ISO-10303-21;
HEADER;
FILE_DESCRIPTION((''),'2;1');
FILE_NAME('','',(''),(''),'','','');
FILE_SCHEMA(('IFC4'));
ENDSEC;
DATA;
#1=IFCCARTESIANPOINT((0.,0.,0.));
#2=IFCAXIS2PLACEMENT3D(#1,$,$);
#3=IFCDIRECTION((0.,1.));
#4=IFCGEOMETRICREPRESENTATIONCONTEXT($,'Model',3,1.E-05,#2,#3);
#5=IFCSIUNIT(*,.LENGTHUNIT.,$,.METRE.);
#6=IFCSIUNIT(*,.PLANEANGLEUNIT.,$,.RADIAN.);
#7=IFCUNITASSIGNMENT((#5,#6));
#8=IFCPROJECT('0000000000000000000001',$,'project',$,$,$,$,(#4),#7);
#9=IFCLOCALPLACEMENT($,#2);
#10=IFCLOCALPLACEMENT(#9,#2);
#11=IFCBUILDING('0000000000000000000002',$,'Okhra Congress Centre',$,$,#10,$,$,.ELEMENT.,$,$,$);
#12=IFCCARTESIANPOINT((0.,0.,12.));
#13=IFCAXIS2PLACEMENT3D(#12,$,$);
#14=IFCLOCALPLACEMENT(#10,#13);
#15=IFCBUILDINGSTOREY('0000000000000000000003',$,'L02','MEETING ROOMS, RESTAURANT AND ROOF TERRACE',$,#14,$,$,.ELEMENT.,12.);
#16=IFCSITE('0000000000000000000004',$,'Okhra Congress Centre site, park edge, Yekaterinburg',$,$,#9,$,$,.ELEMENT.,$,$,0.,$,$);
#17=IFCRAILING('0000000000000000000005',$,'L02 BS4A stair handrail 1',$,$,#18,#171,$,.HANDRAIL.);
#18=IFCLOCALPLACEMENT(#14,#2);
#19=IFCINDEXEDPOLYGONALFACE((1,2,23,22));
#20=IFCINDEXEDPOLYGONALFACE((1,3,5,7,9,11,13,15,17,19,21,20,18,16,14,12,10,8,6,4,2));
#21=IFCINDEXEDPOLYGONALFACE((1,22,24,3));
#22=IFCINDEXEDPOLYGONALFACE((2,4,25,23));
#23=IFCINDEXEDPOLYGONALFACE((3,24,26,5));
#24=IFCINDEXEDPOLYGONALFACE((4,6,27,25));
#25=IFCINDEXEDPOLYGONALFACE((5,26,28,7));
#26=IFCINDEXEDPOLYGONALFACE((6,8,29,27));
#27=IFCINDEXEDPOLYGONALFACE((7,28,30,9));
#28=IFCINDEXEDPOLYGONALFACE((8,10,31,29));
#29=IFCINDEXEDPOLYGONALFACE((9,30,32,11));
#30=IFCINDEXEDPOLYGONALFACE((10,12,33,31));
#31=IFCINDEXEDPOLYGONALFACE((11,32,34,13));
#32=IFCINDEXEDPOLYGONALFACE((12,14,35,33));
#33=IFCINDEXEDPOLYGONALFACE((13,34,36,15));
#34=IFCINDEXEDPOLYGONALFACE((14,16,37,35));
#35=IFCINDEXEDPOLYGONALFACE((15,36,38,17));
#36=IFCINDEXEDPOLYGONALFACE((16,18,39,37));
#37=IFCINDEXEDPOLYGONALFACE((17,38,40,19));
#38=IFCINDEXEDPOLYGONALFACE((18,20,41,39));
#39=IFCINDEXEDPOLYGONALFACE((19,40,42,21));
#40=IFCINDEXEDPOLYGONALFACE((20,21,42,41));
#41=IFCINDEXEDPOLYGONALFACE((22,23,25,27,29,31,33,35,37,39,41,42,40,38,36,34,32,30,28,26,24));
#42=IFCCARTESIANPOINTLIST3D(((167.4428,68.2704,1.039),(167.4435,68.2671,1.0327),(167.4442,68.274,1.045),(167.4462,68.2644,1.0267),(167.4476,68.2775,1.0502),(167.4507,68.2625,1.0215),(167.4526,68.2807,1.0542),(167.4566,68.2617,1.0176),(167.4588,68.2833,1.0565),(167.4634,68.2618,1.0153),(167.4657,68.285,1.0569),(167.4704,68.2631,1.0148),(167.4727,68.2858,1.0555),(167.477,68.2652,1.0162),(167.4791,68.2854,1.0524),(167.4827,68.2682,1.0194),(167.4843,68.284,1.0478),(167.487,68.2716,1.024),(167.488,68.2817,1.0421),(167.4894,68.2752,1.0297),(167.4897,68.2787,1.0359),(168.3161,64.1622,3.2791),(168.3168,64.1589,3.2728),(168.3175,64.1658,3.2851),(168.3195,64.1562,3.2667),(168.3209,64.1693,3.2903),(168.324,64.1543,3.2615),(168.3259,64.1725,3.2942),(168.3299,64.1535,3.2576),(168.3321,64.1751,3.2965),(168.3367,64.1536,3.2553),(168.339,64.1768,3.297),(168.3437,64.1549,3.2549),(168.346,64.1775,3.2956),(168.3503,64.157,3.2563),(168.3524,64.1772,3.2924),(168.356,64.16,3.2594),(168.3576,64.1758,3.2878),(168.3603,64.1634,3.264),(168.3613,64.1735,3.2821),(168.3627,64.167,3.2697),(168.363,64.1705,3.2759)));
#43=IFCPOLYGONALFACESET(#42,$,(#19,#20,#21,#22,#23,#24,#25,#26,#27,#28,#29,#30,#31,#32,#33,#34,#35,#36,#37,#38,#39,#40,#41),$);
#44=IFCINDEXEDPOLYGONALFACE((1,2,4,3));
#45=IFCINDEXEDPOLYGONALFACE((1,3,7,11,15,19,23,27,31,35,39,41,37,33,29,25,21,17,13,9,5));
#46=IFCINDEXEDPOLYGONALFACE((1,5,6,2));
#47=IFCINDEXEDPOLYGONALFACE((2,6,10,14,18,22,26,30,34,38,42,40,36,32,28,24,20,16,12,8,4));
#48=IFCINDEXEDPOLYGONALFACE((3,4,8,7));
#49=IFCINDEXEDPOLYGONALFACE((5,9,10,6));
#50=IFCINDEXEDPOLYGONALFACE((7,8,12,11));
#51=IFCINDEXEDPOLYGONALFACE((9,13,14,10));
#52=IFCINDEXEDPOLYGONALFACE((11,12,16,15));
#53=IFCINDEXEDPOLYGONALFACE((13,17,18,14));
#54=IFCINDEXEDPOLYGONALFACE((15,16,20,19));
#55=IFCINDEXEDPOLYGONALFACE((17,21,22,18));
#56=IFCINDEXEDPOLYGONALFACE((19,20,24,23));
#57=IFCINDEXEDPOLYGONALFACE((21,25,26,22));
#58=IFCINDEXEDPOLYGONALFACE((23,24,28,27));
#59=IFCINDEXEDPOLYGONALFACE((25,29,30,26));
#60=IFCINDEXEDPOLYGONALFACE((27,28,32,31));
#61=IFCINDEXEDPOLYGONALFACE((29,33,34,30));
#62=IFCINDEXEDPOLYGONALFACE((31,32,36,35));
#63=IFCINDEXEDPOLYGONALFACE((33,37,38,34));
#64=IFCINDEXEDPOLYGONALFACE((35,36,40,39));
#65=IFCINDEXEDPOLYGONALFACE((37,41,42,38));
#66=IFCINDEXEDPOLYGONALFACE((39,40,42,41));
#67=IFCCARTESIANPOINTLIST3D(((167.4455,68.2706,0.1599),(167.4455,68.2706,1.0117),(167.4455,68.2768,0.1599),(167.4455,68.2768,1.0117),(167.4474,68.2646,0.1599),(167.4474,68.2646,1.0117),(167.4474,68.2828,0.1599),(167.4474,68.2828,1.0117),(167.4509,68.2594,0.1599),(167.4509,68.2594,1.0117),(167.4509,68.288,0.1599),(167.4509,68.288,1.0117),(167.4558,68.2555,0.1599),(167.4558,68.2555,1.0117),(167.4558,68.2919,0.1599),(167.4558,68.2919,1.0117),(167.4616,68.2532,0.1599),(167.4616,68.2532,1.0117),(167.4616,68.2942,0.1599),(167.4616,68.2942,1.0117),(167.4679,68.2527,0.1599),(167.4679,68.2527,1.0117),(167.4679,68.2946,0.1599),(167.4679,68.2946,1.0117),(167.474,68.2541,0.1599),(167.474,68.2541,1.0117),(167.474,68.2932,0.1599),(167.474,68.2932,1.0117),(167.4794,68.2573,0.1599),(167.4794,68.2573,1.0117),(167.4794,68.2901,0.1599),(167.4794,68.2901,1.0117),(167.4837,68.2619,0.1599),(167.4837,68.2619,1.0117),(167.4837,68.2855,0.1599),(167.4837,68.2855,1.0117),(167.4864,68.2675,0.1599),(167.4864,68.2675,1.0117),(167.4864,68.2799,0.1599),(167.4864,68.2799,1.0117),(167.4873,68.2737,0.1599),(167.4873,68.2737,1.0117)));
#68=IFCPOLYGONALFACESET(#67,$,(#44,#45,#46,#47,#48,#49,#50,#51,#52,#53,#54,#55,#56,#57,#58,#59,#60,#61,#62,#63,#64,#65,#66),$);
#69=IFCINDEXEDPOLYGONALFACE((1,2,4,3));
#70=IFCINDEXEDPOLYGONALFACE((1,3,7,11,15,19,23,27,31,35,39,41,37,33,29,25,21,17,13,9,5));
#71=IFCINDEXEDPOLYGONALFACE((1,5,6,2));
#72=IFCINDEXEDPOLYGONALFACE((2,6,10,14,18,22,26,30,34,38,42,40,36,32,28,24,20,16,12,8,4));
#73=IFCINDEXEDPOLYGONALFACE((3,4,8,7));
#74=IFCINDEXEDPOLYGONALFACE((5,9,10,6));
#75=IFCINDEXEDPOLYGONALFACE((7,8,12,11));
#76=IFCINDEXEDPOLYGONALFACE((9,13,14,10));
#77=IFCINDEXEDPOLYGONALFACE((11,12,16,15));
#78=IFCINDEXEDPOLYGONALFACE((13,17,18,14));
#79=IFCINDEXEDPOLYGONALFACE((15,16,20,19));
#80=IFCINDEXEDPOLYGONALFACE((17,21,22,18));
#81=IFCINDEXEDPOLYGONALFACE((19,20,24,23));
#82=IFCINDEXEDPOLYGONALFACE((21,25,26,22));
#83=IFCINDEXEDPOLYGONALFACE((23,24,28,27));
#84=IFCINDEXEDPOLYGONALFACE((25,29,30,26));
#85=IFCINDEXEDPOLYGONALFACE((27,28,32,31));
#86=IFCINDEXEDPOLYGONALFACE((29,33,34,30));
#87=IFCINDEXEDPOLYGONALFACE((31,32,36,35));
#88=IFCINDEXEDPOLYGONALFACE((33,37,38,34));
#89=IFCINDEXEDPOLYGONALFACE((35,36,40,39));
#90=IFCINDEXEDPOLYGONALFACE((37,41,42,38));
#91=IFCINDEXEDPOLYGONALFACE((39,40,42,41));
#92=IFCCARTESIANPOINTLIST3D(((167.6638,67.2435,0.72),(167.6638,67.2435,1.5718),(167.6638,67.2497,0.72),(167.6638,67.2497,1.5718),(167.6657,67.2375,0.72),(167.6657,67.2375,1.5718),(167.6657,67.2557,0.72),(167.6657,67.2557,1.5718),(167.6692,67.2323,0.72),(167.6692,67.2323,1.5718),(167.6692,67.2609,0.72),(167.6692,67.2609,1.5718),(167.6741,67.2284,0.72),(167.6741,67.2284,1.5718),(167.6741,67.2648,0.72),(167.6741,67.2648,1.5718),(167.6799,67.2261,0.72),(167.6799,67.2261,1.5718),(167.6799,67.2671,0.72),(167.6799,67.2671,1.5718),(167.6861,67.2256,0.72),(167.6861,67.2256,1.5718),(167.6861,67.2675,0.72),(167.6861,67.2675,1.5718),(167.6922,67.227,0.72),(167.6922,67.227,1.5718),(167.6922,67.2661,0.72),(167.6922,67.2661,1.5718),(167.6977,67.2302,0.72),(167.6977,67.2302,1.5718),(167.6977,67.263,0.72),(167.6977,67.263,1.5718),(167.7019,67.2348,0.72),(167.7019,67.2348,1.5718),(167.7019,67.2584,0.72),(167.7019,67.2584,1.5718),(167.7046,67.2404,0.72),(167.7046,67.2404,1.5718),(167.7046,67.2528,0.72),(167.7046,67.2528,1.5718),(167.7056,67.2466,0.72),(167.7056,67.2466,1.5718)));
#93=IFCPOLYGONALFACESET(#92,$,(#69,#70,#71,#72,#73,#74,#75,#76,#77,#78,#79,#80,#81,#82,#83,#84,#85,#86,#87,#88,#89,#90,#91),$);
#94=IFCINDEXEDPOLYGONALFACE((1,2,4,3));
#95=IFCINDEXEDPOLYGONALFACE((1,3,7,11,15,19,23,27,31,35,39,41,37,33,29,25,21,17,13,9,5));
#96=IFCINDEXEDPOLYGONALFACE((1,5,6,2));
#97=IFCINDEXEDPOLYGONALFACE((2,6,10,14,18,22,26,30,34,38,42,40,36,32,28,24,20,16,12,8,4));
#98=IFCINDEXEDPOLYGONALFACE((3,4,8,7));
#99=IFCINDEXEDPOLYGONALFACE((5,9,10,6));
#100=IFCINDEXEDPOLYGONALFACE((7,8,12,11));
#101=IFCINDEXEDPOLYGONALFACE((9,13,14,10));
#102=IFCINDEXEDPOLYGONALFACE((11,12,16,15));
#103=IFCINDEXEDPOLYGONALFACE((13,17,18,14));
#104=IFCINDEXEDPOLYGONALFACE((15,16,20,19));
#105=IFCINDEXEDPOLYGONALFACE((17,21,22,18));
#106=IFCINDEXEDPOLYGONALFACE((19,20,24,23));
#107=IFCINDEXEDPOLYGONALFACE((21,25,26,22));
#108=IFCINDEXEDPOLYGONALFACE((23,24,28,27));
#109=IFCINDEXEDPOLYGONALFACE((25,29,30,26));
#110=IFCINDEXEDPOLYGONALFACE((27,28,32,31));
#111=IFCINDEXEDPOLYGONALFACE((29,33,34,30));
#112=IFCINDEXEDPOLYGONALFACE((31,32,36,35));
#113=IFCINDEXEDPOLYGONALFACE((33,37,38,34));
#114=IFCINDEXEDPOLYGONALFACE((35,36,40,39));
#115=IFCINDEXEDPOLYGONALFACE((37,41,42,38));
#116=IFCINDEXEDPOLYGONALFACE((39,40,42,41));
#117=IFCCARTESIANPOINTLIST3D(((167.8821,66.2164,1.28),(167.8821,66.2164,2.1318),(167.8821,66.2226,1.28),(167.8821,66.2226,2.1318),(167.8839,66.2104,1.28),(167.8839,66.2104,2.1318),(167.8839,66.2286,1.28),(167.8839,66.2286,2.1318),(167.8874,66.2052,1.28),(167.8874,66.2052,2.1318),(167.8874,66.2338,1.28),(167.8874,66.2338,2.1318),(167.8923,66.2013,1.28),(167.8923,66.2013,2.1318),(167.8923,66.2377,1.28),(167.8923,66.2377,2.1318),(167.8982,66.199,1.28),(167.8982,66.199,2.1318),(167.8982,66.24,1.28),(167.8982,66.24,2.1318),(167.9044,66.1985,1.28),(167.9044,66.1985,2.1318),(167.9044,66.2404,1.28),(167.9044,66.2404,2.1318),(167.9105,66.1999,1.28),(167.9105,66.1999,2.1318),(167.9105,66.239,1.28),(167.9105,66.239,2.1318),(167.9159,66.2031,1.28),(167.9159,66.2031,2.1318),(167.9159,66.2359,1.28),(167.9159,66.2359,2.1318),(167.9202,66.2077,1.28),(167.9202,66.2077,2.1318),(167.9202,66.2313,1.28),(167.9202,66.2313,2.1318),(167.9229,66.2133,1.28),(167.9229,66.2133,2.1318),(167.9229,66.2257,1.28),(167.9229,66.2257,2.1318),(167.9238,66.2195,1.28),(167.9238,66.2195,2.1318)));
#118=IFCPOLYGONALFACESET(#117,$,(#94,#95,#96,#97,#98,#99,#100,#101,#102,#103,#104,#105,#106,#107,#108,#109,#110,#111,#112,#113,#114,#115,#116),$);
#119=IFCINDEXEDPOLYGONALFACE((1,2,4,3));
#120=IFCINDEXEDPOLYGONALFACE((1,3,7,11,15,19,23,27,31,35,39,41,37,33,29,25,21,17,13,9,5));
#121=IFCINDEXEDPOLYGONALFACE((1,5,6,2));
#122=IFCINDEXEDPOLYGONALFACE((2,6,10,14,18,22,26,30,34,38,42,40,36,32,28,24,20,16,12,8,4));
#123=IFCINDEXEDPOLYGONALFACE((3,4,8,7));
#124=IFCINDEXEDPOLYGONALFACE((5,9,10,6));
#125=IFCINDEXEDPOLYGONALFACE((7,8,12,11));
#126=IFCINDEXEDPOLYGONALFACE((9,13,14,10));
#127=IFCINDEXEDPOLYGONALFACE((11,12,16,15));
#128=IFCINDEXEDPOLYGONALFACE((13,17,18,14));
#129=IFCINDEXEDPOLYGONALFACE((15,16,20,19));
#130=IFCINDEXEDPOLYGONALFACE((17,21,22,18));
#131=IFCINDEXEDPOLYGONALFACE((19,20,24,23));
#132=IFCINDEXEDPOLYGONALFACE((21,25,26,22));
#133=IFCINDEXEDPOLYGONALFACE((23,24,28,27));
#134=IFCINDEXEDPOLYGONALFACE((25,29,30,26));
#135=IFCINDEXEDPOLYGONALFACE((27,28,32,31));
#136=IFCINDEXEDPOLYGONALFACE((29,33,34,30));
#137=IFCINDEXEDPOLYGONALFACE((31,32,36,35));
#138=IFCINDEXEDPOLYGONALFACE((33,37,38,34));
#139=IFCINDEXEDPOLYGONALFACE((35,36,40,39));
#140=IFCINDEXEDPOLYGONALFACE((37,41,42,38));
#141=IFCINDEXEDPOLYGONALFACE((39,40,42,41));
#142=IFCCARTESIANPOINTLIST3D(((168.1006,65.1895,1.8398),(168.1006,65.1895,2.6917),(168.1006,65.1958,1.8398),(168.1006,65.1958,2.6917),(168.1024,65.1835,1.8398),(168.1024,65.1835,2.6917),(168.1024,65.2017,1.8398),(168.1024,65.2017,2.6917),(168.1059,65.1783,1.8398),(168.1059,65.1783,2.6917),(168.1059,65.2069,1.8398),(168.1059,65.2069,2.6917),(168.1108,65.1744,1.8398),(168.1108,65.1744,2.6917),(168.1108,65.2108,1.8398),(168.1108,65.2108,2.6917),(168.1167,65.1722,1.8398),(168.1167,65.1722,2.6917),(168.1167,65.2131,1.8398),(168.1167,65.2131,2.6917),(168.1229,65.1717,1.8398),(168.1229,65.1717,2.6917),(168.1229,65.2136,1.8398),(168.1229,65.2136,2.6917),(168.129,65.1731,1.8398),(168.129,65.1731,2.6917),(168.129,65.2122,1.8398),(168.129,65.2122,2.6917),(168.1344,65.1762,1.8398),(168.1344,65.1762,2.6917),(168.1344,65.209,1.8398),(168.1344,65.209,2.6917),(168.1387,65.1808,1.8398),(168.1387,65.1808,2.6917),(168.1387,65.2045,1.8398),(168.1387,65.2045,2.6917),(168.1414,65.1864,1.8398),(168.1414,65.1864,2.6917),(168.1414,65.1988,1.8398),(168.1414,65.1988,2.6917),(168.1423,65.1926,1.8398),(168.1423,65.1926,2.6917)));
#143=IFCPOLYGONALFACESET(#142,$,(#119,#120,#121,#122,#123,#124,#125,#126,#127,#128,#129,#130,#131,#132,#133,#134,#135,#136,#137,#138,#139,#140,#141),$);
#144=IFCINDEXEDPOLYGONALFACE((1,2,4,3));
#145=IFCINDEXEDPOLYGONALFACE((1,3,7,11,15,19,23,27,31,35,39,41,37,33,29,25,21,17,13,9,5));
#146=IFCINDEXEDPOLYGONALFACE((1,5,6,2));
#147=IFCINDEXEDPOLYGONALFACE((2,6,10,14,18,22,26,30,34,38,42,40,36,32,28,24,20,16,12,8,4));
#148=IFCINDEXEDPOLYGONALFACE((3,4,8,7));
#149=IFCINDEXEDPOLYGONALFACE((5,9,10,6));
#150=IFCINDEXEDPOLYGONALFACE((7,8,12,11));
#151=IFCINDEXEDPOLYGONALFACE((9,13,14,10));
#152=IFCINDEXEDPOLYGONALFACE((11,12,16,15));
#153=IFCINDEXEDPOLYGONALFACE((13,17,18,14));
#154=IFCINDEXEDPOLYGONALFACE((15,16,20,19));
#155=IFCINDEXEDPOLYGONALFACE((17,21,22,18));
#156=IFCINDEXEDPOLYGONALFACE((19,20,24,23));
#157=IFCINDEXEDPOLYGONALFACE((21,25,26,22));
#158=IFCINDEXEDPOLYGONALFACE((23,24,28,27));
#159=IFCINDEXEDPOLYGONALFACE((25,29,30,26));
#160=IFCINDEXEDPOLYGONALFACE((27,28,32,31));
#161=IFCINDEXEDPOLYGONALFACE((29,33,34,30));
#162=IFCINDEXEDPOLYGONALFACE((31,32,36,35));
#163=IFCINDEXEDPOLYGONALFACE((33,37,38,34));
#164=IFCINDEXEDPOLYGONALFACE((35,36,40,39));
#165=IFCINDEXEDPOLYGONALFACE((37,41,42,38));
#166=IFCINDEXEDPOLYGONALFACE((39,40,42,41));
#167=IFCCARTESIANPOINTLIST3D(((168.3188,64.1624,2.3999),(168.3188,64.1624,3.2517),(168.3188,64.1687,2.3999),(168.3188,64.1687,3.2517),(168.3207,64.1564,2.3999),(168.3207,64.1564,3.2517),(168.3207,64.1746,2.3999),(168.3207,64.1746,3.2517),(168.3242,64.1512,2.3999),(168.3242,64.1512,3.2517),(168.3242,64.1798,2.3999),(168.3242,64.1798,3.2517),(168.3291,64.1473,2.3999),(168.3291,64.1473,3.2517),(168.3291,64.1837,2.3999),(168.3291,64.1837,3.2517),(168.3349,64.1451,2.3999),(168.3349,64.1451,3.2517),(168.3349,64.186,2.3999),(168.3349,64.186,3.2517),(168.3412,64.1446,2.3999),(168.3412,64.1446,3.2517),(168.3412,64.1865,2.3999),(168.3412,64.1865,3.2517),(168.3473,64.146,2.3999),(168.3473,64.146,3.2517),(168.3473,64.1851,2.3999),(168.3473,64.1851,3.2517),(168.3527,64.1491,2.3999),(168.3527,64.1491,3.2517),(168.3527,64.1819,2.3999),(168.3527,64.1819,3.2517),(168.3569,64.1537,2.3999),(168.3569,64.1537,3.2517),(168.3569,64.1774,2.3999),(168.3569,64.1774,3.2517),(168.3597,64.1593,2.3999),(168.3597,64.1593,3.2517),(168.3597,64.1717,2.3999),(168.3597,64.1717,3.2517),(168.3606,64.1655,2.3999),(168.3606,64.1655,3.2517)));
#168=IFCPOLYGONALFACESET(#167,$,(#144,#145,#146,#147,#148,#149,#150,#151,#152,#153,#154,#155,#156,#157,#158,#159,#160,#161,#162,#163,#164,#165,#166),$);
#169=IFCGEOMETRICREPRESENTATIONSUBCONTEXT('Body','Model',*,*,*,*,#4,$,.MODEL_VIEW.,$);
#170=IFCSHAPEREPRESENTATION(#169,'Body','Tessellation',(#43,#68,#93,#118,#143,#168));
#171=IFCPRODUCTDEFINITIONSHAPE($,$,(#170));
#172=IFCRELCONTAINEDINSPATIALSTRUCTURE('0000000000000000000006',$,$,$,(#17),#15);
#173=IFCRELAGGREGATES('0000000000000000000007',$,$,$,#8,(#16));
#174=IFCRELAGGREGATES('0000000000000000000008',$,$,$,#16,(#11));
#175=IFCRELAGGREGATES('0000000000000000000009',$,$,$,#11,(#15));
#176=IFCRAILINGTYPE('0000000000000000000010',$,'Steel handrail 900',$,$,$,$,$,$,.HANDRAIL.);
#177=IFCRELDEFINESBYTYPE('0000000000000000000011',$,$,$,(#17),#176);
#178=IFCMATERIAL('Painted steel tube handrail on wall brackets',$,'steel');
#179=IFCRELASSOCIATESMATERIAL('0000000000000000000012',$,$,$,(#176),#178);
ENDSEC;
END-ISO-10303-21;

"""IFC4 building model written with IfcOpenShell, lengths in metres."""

from ifc_helpers import new_model, si_unit, direction, frame, origin, origin_2d, place, context, subcontext, project, spatial, circle, extrude, material, type_object, element, save


model = new_model("IFC4")

# Units and contexts
model_context = context("Model", 3, precision=1e-05, world=origin(), true_north=direction((0.0, 1.0)))
body_context = subcontext(model_context, "Body", "Model", "MODEL_VIEW")
ifc_project = project(units=[si_unit("LENGTHUNIT", "METRE"), si_unit("PLANEANGLEUNIT", "RADIAN")], contexts=[model_context])

# Site, building, storey
site_placement = place(None, origin())
site = spatial("IfcSite", under=ifc_project, at=site_placement, Name="Okhra Congress Centre site, park edge, Yekaterinburg", CompositionType="ELEMENT", RefElevation=0.0)
building_placement = place(site_placement, origin())
building = spatial("IfcBuilding", under=site, at=building_placement, Name="Okhra Congress Centre", CompositionType="ELEMENT")
storey_placement = place(building_placement, frame((0.0, 0.0, 12.0)))
storey = spatial("IfcBuildingStorey", under=building, at=storey_placement, Name="L02", Description="MEETING ROOMS, RESTAURANT AND ROOF TERRACE", CompositionType="ELEMENT", Elevation=12.0)

# Railing
ifc_material_1 = material(Name="Painted steel tube handrail on wall brackets", Category="steel")
railing_type_1 = type_object("IfcRailingType", Name="Steel handrail 900", PredefinedType="HANDRAIL", material=ifc_material_1)
railing_1_placement = place(storey_placement, frame((167.4663, 68.2737, 0.1599)))
element("IfcRailing", 1, at=railing_1_placement, inside=storey, type_object=railing_type_1, Name="L02 BS4A stair handrail 1", PredefinedType="HANDRAIL", context=body_context, shape_type="SweptSolid", body=[
    extrude(circle(Radius=0.0239, at=origin_2d()), frame((0.0, 0.0, 0.876), z_axis=(0.183466, -0.863067, 0.470591), x_axis=(0.978144, 0.207929, 0.0)), (0.0, 0.0, 1.0), 4.76),
    extrude(circle(Radius=0.021, at=origin_2d()), origin(), (0.0, 0.0, 1.0), 0.8518),
    extrude(circle(Radius=0.021, at=origin_2d()), frame((0.2183, -1.0271, 0.5601)), (0.0, 0.0, 1.0), 0.8518),
    extrude(circle(Radius=0.021, at=origin_2d()), frame((0.4365, -2.0542, 1.1201)), (0.0, 0.0, 1.0), 0.8518),
    extrude(circle(Radius=0.021, at=origin_2d()), frame((0.655, -3.0811, 1.6799)), (0.0, 0.0, 1.0), 0.8518),
    extrude(circle(Radius=0.021, at=origin_2d()), frame((0.8733, -4.1082, 2.24)), (0.0, 0.0, 1.0), 0.8518),
])

save(model, "model.ifc")
